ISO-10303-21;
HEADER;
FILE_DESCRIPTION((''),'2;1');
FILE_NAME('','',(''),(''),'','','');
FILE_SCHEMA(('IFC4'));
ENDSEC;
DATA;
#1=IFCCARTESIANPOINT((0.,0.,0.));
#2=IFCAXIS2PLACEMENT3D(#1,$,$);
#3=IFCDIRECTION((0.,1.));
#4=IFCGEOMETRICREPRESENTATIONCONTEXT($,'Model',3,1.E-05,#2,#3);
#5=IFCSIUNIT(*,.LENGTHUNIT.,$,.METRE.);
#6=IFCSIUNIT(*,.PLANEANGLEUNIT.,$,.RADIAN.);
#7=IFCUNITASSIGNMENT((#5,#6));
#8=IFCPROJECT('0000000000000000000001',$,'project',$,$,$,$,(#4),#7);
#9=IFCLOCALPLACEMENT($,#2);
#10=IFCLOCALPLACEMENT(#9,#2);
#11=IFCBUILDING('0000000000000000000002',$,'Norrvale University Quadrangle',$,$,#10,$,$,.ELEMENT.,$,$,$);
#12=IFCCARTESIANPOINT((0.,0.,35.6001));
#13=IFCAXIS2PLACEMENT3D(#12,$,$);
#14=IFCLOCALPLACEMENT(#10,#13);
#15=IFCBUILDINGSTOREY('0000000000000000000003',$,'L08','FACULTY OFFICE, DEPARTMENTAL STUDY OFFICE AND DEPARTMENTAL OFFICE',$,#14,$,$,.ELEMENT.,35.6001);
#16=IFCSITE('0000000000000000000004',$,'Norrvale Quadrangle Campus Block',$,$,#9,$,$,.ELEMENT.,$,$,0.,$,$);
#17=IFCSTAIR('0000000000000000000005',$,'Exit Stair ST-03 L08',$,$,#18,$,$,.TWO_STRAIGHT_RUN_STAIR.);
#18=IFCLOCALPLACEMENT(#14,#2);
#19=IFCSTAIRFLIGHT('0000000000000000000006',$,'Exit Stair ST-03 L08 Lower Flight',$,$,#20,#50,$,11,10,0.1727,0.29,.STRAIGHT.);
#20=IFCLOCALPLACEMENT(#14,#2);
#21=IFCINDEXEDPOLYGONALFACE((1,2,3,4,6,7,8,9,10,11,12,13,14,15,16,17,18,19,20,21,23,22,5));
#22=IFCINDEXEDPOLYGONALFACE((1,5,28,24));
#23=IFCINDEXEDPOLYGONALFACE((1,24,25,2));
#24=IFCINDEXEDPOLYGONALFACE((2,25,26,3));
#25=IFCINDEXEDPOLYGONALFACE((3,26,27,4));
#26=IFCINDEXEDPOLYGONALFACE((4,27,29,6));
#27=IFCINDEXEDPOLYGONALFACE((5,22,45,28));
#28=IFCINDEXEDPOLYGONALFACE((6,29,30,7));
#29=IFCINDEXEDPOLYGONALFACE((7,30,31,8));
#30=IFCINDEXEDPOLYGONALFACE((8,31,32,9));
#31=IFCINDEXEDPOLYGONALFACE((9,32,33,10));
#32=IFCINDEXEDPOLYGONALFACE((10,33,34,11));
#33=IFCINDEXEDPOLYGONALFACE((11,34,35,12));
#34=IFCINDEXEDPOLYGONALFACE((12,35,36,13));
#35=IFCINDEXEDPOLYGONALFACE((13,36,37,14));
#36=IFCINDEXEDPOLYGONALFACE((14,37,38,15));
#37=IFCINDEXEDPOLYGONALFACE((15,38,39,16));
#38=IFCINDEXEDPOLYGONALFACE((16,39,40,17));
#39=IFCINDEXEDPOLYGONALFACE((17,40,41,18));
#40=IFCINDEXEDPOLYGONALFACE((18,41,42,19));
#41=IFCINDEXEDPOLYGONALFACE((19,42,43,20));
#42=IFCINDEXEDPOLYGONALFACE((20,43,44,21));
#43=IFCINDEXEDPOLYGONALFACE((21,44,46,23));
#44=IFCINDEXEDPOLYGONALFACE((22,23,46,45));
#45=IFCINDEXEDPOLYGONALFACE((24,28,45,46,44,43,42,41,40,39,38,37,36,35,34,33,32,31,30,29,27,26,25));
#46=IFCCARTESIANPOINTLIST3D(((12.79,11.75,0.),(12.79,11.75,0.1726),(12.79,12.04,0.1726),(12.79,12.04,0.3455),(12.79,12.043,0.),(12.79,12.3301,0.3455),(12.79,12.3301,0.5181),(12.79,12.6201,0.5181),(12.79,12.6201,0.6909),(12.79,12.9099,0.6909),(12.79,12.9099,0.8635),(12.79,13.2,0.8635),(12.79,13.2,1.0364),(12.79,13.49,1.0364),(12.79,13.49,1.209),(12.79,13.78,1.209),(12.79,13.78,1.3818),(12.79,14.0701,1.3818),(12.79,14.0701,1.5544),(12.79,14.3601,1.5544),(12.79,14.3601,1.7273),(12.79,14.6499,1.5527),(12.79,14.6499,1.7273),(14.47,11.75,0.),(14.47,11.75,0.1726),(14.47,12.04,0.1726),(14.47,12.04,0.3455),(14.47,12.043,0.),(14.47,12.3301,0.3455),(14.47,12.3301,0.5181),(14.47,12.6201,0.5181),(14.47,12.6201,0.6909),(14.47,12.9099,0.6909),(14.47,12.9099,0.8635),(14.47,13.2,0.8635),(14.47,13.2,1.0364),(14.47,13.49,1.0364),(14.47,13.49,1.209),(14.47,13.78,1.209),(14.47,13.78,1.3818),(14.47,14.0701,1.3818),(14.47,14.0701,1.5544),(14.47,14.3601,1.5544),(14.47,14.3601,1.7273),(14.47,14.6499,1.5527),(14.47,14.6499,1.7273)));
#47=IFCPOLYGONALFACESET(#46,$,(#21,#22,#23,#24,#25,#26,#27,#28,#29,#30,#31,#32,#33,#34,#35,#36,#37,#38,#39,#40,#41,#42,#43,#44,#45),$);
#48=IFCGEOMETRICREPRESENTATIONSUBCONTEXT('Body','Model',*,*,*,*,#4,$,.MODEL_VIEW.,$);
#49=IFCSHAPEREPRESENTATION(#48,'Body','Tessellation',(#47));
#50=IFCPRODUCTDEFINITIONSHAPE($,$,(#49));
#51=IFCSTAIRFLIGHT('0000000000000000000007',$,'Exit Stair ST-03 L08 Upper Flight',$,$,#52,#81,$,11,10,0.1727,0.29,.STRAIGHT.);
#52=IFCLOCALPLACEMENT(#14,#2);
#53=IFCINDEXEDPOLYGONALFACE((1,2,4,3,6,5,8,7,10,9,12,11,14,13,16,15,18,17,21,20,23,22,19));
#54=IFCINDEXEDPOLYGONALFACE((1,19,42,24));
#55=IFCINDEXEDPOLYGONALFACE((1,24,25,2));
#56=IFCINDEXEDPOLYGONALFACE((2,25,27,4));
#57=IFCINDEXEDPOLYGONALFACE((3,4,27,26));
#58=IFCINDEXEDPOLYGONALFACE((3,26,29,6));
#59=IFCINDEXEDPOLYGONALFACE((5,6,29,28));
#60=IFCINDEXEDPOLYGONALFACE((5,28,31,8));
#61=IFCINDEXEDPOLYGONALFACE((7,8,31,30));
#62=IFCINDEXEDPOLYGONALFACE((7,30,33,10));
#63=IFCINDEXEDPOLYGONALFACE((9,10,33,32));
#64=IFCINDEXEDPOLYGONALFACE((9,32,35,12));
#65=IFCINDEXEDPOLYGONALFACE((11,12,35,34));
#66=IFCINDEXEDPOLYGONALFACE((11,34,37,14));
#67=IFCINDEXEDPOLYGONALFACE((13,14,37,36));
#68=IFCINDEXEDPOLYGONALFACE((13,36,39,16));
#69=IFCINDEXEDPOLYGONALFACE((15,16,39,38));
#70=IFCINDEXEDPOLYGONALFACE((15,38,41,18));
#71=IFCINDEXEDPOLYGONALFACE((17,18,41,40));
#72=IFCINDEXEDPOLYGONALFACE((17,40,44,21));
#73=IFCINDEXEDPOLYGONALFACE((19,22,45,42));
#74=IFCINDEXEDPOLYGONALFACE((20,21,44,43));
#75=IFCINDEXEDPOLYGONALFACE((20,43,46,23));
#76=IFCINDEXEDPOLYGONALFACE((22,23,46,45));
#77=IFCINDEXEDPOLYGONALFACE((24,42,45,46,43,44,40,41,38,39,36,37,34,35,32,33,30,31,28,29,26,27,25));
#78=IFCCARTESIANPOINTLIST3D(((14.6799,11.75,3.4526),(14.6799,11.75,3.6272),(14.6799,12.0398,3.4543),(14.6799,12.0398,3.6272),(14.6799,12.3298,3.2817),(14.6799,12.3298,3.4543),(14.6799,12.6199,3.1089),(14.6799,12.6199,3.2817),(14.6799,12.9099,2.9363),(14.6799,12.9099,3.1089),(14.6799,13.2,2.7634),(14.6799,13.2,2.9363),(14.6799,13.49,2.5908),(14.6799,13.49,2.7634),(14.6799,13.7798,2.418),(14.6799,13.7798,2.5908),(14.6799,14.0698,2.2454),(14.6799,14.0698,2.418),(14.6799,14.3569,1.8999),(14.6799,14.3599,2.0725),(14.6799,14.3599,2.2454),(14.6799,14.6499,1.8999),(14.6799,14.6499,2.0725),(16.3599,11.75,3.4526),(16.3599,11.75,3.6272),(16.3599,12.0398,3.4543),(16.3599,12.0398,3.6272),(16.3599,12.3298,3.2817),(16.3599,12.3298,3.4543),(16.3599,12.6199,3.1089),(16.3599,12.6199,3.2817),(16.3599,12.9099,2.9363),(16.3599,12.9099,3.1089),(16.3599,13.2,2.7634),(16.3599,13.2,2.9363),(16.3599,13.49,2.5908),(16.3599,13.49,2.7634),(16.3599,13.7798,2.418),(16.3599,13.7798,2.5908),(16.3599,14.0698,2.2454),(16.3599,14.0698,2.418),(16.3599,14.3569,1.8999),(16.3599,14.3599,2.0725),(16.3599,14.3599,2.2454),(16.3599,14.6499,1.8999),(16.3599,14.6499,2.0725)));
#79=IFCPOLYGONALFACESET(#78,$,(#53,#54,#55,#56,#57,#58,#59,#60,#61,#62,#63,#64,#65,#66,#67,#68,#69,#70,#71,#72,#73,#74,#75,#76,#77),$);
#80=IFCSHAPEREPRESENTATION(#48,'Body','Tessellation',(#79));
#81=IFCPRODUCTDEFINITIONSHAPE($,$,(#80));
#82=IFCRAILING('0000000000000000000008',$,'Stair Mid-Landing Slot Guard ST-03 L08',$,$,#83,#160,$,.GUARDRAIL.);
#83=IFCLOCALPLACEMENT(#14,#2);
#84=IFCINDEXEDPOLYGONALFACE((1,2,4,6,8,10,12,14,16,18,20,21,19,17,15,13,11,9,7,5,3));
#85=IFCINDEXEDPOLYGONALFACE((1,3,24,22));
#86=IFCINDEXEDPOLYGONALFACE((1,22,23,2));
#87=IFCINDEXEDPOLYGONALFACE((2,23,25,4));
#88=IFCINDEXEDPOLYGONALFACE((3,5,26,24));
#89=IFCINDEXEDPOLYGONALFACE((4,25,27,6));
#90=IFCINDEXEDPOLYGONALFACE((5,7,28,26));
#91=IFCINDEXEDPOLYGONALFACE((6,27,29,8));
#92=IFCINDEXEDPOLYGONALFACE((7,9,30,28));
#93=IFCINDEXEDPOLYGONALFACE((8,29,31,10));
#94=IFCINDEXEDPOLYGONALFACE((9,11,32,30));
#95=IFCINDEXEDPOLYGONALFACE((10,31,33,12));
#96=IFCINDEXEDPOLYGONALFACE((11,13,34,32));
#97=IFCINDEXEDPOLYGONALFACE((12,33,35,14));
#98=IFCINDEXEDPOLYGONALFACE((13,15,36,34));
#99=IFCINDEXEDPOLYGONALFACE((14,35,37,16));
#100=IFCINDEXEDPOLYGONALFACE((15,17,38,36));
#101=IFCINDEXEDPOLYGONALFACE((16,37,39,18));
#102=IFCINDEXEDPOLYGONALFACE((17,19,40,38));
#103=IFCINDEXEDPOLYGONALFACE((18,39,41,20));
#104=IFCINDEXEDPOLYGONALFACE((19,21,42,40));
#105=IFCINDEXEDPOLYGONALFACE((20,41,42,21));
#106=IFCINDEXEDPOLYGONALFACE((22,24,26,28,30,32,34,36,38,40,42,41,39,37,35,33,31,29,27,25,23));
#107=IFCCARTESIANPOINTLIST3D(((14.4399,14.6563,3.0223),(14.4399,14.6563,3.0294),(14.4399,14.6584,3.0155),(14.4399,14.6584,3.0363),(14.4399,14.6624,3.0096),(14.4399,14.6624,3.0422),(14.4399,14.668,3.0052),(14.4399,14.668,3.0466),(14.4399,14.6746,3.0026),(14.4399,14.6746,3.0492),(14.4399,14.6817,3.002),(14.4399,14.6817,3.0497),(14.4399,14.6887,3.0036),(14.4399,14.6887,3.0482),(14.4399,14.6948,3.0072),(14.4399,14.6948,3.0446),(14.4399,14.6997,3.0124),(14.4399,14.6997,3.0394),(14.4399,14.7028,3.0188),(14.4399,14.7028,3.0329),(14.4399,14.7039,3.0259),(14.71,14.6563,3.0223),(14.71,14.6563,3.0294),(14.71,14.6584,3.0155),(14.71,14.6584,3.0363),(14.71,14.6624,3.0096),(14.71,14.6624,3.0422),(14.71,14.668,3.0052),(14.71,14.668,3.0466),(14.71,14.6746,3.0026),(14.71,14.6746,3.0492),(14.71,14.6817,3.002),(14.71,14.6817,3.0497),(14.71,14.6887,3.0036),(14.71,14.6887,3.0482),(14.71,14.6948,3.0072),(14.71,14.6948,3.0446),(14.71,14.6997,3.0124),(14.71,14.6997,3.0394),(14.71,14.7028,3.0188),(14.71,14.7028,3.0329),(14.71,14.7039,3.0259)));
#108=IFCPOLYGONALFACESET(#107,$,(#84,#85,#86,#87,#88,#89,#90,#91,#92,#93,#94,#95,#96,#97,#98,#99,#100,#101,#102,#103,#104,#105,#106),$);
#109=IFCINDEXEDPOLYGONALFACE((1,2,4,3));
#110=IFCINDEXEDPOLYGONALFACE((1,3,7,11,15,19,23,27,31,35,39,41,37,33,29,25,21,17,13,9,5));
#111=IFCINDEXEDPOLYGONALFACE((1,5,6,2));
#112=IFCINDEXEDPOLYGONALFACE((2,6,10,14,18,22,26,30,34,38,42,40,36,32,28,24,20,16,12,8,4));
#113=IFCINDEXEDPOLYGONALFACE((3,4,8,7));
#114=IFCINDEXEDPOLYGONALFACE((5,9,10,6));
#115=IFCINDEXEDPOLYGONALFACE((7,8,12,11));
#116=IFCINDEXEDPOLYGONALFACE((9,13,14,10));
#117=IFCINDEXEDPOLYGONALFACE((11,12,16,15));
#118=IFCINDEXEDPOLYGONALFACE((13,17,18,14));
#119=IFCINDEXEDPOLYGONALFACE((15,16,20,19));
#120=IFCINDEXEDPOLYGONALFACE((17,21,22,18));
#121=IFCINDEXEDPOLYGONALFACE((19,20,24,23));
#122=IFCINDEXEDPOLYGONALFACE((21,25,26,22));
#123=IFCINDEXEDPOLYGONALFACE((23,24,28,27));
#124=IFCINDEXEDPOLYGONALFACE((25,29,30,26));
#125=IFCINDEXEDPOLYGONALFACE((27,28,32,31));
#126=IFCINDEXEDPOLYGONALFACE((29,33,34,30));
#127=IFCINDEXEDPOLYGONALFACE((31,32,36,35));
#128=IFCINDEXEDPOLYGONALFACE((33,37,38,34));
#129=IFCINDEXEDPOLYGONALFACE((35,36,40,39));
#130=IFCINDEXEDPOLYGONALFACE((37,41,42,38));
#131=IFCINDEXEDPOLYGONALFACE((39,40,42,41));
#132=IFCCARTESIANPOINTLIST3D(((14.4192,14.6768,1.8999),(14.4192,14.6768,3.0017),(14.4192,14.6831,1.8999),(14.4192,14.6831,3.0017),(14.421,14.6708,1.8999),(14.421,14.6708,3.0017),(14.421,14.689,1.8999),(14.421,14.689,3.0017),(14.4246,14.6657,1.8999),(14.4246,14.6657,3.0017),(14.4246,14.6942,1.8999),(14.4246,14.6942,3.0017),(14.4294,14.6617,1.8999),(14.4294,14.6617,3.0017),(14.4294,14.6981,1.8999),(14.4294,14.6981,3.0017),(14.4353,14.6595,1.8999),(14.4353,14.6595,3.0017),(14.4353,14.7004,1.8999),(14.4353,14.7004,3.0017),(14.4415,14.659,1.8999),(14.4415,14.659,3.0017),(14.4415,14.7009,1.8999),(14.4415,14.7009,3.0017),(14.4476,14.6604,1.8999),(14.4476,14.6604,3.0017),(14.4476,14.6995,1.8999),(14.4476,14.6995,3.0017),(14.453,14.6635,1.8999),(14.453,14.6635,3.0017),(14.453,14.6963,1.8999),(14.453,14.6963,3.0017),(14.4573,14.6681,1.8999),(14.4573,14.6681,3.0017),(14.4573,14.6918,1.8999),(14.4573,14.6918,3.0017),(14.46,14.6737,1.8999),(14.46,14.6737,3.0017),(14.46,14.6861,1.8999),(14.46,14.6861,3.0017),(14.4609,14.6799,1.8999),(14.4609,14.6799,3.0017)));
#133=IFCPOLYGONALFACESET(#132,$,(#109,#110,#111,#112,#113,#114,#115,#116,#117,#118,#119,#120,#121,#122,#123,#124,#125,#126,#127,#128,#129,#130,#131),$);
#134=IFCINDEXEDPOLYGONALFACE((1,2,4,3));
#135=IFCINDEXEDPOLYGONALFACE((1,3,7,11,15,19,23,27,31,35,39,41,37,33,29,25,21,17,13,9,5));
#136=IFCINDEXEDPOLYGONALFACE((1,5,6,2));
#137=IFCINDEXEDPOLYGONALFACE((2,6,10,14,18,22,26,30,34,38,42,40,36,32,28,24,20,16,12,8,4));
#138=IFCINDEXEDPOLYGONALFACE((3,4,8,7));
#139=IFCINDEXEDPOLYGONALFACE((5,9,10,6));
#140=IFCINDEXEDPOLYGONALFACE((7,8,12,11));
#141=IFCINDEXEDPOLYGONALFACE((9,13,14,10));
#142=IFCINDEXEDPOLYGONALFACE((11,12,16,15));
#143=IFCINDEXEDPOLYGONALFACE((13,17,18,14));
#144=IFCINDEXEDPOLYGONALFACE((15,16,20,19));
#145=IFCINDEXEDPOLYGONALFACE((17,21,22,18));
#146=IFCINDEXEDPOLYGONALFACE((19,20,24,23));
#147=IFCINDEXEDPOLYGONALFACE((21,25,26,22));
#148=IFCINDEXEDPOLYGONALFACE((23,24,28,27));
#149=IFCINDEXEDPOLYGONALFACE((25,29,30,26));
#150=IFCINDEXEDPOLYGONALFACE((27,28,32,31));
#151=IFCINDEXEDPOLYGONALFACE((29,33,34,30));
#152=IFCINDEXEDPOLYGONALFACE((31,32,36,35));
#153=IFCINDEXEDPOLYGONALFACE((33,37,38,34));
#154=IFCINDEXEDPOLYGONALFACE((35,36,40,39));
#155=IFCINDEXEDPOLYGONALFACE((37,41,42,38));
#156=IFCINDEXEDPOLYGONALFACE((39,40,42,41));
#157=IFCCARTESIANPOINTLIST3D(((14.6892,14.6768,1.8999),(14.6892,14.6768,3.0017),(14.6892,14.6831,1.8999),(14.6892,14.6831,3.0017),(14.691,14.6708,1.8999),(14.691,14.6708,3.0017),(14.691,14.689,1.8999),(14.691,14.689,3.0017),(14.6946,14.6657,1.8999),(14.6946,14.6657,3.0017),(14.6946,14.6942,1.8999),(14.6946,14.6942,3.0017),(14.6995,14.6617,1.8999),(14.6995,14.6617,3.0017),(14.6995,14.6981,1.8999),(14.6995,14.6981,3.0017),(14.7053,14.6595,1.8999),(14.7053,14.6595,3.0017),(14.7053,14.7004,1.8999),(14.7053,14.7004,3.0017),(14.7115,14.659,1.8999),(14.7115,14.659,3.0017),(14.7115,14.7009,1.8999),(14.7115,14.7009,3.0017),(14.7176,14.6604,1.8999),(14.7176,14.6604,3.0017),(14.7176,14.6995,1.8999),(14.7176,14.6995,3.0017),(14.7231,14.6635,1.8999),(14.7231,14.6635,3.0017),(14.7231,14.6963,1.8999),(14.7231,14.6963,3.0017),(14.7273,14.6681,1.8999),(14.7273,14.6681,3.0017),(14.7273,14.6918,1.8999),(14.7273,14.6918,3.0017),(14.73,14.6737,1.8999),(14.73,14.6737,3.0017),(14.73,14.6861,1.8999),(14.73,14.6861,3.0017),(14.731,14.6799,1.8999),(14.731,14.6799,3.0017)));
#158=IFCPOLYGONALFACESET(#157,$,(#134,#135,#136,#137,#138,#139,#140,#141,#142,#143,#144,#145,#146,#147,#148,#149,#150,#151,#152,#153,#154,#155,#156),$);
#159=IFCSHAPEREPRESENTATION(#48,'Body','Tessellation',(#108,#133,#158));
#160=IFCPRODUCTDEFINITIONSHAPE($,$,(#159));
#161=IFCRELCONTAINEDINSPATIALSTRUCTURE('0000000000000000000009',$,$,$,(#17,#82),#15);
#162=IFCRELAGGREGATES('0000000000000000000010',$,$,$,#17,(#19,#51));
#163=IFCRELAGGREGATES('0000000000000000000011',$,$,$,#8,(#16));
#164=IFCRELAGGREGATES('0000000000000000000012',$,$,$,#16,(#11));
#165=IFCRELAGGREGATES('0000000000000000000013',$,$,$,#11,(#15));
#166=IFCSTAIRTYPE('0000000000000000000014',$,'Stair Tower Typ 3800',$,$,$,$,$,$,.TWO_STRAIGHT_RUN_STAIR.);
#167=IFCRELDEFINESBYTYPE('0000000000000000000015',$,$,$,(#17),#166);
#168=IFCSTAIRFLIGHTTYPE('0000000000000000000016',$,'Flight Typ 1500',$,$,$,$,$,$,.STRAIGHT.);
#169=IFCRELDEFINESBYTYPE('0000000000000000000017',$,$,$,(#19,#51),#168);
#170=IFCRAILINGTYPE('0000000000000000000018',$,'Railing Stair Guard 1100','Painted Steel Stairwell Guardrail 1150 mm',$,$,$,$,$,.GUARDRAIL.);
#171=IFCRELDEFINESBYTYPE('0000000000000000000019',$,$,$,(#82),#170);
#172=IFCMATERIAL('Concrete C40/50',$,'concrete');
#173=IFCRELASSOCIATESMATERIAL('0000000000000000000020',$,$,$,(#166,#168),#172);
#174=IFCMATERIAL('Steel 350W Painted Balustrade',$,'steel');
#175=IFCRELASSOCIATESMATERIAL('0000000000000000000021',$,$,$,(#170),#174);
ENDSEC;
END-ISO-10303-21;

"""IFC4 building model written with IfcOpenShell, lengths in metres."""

from ifc_helpers import new_model, si_unit, direction, frame, origin, origin_2d, place, context, subcontext, project, spatial, polyline, circle, outline, extrude, material, type_object, element, aggregate, save


model = new_model("IFC4")

# Units and contexts
model_context = context("Model", 3, precision=1e-05, world=origin(), true_north=direction((0.0, 1.0)))
body_context = subcontext(model_context, "Body", "Model", "MODEL_VIEW")
ifc_project = project(units=[si_unit("LENGTHUNIT", "METRE"), si_unit("PLANEANGLEUNIT", "RADIAN")], contexts=[model_context])

# Site, building, storey
site_placement = place(None, origin())
site = spatial("IfcSite", under=ifc_project, at=site_placement, Name="Norrvale Quadrangle Campus Block", CompositionType="ELEMENT", RefElevation=0.0)
building_placement = place(site_placement, origin())
building = spatial("IfcBuilding", under=site, at=building_placement, Name="Norrvale University Quadrangle", CompositionType="ELEMENT")
storey_placement = place(building_placement, frame((0.0, 0.0, 35.6001)))
storey = spatial("IfcBuildingStorey", under=building, at=storey_placement, Name="L08", Description="FACULTY OFFICE, DEPARTMENTAL STUDY OFFICE AND DEPARTMENTAL OFFICE", CompositionType="ELEMENT", Elevation=35.6001)

# Stair, stair flights
ifc_material_1 = material(Name="Concrete C40/50", Category="concrete")
stair_type = type_object("IfcStairType", Name="Stair Tower Typ 3800", PredefinedType="TWO_STRAIGHT_RUN_STAIR", material=ifc_material_1)
stair_placement = place(storey_placement, origin())
stair = element("IfcStair", 1, at=stair_placement, inside=storey, type_object=stair_type, Name="Exit Stair ST-03 L08", PredefinedType="TWO_STRAIGHT_RUN_STAIR")
stair_flight_type = type_object("IfcStairFlightType", Name="Flight Typ 1500", PredefinedType="STRAIGHT", material=ifc_material_1)
stair_flight_1_placement = place(storey_placement, frame((13.6299, 11.75, 0.0), z_axis=(0.0, 0.0, 1.0), x_axis=(0.0, 1.0, 0.0)))
stair_flight_1 = element("IfcStairFlight", 2, at=stair_flight_1_placement, type_object=stair_flight_type, Name="Exit Stair ST-03 L08 Lower Flight", NumberOfRisers=11, NumberOfTreads=10, PredefinedType="STRAIGHT", RiserHeight=0.1727, TreadLength=0.29, context=body_context, shape_type="SweptSolid", body=[
    extrude(outline(polyline([(0.0, 0.0), (0.0, 0.1726), (0.29, 0.1726), (0.29, 0.3455), (0.5801, 0.3455), (0.5801, 0.5181), (0.8701, 0.5181), (0.8701, 0.6909), (1.1599, 0.6909), (1.1599, 0.8635), (1.45, 0.8635), (1.45, 1.0364), (1.74, 1.0364), (1.74, 1.209), (2.03, 1.209), (2.03, 1.3818), (2.3201, 1.3818), (2.3201, 1.5544), (2.6101, 1.5544), (2.6101, 1.7273), (2.8999, 1.7273), (2.8999, 1.8999), (2.8999, 1.5527), (0.293, 0.0), (0.0, 0.0)])), frame((0.0, 0.8398, 0.0), z_axis=(0.0, -1.0, 0.0), x_axis=(1.0, 0.0, 0.0)), (0.0, 0.0, 1.0), 1.6799),
])
stair_flight_2_placement = place(storey_placement, frame((15.52, 14.6499, 1.8999), z_axis=(0.0, 0.0, 1.0), x_axis=(0.0, -1.0, 0.0)))
stair_flight_2 = element("IfcStairFlight", 3, at=stair_flight_2_placement, type_object=stair_flight_type, Name="Exit Stair ST-03 L08 Upper Flight", NumberOfRisers=11, NumberOfTreads=10, PredefinedType="STRAIGHT", RiserHeight=0.1727, TreadLength=0.29, context=body_context, shape_type="SweptSolid", body=[
    extrude(outline(polyline([(0.0, 0.0), (0.0, 0.1726), (0.29, 0.1726), (0.29, 0.3455), (0.5801, 0.3455), (0.5801, 0.5181), (0.8701, 0.5181), (0.8701, 0.6909), (1.1599, 0.6909), (1.1599, 0.8635), (1.45, 0.8635), (1.45, 1.0364), (1.74, 1.0364), (1.74, 1.209), (2.03, 1.209), (2.03, 1.3818), (2.3201, 1.3818), (2.3201, 1.5544), (2.6101, 1.5544), (2.6101, 1.7273), (2.8999, 1.7273), (2.8999, 1.8999), (2.8999, 1.5527), (0.293, 0.0), (0.0, 0.0)])), frame((0.0, 0.8398, 0.0), z_axis=(0.0, -1.0, 0.0), x_axis=(1.0, 0.0, 0.0)), (0.0, 0.0, 1.0), 1.6799),
])
aggregate(stair, [stair_flight_1, stair_flight_2])

# Railing
ifc_material_2 = material(Name="Steel 350W Painted Balustrade", Category="steel")
railing_type_1 = type_object("IfcRailingType", Name="Railing Stair Guard 1100", Description="Painted Steel Stairwell Guardrail 1150 mm", PredefinedType="GUARDRAIL", material=ifc_material_2)
railing_1_placement = place(storey_placement, frame((14.4399, 14.6799, 1.8999)))
element("IfcRailing", 4, at=railing_1_placement, inside=storey, type_object=railing_type_1, Name="Stair Mid-Landing Slot Guard ST-03 L08", PredefinedType="GUARDRAIL", context=body_context, shape_type="SweptSolid", body=[
    extrude(circle(Radius=0.0239, at=origin_2d()), frame((0.0, 0.0, 1.126), z_axis=(1.0, 0.0, 0.0), x_axis=(0.0, 1.0, 0.0)), (0.0, 0.0, 1.0), 0.27),
    extrude(circle(Radius=0.021, at=origin_2d()), origin(), (0.0, 0.0, 1.0), 1.1018),
    extrude(circle(Radius=0.021, at=origin_2d()), frame((0.27, 0.0, 0.0)), (0.0, 0.0, 1.0), 1.1018),
])

save(model, "model.ifc")
